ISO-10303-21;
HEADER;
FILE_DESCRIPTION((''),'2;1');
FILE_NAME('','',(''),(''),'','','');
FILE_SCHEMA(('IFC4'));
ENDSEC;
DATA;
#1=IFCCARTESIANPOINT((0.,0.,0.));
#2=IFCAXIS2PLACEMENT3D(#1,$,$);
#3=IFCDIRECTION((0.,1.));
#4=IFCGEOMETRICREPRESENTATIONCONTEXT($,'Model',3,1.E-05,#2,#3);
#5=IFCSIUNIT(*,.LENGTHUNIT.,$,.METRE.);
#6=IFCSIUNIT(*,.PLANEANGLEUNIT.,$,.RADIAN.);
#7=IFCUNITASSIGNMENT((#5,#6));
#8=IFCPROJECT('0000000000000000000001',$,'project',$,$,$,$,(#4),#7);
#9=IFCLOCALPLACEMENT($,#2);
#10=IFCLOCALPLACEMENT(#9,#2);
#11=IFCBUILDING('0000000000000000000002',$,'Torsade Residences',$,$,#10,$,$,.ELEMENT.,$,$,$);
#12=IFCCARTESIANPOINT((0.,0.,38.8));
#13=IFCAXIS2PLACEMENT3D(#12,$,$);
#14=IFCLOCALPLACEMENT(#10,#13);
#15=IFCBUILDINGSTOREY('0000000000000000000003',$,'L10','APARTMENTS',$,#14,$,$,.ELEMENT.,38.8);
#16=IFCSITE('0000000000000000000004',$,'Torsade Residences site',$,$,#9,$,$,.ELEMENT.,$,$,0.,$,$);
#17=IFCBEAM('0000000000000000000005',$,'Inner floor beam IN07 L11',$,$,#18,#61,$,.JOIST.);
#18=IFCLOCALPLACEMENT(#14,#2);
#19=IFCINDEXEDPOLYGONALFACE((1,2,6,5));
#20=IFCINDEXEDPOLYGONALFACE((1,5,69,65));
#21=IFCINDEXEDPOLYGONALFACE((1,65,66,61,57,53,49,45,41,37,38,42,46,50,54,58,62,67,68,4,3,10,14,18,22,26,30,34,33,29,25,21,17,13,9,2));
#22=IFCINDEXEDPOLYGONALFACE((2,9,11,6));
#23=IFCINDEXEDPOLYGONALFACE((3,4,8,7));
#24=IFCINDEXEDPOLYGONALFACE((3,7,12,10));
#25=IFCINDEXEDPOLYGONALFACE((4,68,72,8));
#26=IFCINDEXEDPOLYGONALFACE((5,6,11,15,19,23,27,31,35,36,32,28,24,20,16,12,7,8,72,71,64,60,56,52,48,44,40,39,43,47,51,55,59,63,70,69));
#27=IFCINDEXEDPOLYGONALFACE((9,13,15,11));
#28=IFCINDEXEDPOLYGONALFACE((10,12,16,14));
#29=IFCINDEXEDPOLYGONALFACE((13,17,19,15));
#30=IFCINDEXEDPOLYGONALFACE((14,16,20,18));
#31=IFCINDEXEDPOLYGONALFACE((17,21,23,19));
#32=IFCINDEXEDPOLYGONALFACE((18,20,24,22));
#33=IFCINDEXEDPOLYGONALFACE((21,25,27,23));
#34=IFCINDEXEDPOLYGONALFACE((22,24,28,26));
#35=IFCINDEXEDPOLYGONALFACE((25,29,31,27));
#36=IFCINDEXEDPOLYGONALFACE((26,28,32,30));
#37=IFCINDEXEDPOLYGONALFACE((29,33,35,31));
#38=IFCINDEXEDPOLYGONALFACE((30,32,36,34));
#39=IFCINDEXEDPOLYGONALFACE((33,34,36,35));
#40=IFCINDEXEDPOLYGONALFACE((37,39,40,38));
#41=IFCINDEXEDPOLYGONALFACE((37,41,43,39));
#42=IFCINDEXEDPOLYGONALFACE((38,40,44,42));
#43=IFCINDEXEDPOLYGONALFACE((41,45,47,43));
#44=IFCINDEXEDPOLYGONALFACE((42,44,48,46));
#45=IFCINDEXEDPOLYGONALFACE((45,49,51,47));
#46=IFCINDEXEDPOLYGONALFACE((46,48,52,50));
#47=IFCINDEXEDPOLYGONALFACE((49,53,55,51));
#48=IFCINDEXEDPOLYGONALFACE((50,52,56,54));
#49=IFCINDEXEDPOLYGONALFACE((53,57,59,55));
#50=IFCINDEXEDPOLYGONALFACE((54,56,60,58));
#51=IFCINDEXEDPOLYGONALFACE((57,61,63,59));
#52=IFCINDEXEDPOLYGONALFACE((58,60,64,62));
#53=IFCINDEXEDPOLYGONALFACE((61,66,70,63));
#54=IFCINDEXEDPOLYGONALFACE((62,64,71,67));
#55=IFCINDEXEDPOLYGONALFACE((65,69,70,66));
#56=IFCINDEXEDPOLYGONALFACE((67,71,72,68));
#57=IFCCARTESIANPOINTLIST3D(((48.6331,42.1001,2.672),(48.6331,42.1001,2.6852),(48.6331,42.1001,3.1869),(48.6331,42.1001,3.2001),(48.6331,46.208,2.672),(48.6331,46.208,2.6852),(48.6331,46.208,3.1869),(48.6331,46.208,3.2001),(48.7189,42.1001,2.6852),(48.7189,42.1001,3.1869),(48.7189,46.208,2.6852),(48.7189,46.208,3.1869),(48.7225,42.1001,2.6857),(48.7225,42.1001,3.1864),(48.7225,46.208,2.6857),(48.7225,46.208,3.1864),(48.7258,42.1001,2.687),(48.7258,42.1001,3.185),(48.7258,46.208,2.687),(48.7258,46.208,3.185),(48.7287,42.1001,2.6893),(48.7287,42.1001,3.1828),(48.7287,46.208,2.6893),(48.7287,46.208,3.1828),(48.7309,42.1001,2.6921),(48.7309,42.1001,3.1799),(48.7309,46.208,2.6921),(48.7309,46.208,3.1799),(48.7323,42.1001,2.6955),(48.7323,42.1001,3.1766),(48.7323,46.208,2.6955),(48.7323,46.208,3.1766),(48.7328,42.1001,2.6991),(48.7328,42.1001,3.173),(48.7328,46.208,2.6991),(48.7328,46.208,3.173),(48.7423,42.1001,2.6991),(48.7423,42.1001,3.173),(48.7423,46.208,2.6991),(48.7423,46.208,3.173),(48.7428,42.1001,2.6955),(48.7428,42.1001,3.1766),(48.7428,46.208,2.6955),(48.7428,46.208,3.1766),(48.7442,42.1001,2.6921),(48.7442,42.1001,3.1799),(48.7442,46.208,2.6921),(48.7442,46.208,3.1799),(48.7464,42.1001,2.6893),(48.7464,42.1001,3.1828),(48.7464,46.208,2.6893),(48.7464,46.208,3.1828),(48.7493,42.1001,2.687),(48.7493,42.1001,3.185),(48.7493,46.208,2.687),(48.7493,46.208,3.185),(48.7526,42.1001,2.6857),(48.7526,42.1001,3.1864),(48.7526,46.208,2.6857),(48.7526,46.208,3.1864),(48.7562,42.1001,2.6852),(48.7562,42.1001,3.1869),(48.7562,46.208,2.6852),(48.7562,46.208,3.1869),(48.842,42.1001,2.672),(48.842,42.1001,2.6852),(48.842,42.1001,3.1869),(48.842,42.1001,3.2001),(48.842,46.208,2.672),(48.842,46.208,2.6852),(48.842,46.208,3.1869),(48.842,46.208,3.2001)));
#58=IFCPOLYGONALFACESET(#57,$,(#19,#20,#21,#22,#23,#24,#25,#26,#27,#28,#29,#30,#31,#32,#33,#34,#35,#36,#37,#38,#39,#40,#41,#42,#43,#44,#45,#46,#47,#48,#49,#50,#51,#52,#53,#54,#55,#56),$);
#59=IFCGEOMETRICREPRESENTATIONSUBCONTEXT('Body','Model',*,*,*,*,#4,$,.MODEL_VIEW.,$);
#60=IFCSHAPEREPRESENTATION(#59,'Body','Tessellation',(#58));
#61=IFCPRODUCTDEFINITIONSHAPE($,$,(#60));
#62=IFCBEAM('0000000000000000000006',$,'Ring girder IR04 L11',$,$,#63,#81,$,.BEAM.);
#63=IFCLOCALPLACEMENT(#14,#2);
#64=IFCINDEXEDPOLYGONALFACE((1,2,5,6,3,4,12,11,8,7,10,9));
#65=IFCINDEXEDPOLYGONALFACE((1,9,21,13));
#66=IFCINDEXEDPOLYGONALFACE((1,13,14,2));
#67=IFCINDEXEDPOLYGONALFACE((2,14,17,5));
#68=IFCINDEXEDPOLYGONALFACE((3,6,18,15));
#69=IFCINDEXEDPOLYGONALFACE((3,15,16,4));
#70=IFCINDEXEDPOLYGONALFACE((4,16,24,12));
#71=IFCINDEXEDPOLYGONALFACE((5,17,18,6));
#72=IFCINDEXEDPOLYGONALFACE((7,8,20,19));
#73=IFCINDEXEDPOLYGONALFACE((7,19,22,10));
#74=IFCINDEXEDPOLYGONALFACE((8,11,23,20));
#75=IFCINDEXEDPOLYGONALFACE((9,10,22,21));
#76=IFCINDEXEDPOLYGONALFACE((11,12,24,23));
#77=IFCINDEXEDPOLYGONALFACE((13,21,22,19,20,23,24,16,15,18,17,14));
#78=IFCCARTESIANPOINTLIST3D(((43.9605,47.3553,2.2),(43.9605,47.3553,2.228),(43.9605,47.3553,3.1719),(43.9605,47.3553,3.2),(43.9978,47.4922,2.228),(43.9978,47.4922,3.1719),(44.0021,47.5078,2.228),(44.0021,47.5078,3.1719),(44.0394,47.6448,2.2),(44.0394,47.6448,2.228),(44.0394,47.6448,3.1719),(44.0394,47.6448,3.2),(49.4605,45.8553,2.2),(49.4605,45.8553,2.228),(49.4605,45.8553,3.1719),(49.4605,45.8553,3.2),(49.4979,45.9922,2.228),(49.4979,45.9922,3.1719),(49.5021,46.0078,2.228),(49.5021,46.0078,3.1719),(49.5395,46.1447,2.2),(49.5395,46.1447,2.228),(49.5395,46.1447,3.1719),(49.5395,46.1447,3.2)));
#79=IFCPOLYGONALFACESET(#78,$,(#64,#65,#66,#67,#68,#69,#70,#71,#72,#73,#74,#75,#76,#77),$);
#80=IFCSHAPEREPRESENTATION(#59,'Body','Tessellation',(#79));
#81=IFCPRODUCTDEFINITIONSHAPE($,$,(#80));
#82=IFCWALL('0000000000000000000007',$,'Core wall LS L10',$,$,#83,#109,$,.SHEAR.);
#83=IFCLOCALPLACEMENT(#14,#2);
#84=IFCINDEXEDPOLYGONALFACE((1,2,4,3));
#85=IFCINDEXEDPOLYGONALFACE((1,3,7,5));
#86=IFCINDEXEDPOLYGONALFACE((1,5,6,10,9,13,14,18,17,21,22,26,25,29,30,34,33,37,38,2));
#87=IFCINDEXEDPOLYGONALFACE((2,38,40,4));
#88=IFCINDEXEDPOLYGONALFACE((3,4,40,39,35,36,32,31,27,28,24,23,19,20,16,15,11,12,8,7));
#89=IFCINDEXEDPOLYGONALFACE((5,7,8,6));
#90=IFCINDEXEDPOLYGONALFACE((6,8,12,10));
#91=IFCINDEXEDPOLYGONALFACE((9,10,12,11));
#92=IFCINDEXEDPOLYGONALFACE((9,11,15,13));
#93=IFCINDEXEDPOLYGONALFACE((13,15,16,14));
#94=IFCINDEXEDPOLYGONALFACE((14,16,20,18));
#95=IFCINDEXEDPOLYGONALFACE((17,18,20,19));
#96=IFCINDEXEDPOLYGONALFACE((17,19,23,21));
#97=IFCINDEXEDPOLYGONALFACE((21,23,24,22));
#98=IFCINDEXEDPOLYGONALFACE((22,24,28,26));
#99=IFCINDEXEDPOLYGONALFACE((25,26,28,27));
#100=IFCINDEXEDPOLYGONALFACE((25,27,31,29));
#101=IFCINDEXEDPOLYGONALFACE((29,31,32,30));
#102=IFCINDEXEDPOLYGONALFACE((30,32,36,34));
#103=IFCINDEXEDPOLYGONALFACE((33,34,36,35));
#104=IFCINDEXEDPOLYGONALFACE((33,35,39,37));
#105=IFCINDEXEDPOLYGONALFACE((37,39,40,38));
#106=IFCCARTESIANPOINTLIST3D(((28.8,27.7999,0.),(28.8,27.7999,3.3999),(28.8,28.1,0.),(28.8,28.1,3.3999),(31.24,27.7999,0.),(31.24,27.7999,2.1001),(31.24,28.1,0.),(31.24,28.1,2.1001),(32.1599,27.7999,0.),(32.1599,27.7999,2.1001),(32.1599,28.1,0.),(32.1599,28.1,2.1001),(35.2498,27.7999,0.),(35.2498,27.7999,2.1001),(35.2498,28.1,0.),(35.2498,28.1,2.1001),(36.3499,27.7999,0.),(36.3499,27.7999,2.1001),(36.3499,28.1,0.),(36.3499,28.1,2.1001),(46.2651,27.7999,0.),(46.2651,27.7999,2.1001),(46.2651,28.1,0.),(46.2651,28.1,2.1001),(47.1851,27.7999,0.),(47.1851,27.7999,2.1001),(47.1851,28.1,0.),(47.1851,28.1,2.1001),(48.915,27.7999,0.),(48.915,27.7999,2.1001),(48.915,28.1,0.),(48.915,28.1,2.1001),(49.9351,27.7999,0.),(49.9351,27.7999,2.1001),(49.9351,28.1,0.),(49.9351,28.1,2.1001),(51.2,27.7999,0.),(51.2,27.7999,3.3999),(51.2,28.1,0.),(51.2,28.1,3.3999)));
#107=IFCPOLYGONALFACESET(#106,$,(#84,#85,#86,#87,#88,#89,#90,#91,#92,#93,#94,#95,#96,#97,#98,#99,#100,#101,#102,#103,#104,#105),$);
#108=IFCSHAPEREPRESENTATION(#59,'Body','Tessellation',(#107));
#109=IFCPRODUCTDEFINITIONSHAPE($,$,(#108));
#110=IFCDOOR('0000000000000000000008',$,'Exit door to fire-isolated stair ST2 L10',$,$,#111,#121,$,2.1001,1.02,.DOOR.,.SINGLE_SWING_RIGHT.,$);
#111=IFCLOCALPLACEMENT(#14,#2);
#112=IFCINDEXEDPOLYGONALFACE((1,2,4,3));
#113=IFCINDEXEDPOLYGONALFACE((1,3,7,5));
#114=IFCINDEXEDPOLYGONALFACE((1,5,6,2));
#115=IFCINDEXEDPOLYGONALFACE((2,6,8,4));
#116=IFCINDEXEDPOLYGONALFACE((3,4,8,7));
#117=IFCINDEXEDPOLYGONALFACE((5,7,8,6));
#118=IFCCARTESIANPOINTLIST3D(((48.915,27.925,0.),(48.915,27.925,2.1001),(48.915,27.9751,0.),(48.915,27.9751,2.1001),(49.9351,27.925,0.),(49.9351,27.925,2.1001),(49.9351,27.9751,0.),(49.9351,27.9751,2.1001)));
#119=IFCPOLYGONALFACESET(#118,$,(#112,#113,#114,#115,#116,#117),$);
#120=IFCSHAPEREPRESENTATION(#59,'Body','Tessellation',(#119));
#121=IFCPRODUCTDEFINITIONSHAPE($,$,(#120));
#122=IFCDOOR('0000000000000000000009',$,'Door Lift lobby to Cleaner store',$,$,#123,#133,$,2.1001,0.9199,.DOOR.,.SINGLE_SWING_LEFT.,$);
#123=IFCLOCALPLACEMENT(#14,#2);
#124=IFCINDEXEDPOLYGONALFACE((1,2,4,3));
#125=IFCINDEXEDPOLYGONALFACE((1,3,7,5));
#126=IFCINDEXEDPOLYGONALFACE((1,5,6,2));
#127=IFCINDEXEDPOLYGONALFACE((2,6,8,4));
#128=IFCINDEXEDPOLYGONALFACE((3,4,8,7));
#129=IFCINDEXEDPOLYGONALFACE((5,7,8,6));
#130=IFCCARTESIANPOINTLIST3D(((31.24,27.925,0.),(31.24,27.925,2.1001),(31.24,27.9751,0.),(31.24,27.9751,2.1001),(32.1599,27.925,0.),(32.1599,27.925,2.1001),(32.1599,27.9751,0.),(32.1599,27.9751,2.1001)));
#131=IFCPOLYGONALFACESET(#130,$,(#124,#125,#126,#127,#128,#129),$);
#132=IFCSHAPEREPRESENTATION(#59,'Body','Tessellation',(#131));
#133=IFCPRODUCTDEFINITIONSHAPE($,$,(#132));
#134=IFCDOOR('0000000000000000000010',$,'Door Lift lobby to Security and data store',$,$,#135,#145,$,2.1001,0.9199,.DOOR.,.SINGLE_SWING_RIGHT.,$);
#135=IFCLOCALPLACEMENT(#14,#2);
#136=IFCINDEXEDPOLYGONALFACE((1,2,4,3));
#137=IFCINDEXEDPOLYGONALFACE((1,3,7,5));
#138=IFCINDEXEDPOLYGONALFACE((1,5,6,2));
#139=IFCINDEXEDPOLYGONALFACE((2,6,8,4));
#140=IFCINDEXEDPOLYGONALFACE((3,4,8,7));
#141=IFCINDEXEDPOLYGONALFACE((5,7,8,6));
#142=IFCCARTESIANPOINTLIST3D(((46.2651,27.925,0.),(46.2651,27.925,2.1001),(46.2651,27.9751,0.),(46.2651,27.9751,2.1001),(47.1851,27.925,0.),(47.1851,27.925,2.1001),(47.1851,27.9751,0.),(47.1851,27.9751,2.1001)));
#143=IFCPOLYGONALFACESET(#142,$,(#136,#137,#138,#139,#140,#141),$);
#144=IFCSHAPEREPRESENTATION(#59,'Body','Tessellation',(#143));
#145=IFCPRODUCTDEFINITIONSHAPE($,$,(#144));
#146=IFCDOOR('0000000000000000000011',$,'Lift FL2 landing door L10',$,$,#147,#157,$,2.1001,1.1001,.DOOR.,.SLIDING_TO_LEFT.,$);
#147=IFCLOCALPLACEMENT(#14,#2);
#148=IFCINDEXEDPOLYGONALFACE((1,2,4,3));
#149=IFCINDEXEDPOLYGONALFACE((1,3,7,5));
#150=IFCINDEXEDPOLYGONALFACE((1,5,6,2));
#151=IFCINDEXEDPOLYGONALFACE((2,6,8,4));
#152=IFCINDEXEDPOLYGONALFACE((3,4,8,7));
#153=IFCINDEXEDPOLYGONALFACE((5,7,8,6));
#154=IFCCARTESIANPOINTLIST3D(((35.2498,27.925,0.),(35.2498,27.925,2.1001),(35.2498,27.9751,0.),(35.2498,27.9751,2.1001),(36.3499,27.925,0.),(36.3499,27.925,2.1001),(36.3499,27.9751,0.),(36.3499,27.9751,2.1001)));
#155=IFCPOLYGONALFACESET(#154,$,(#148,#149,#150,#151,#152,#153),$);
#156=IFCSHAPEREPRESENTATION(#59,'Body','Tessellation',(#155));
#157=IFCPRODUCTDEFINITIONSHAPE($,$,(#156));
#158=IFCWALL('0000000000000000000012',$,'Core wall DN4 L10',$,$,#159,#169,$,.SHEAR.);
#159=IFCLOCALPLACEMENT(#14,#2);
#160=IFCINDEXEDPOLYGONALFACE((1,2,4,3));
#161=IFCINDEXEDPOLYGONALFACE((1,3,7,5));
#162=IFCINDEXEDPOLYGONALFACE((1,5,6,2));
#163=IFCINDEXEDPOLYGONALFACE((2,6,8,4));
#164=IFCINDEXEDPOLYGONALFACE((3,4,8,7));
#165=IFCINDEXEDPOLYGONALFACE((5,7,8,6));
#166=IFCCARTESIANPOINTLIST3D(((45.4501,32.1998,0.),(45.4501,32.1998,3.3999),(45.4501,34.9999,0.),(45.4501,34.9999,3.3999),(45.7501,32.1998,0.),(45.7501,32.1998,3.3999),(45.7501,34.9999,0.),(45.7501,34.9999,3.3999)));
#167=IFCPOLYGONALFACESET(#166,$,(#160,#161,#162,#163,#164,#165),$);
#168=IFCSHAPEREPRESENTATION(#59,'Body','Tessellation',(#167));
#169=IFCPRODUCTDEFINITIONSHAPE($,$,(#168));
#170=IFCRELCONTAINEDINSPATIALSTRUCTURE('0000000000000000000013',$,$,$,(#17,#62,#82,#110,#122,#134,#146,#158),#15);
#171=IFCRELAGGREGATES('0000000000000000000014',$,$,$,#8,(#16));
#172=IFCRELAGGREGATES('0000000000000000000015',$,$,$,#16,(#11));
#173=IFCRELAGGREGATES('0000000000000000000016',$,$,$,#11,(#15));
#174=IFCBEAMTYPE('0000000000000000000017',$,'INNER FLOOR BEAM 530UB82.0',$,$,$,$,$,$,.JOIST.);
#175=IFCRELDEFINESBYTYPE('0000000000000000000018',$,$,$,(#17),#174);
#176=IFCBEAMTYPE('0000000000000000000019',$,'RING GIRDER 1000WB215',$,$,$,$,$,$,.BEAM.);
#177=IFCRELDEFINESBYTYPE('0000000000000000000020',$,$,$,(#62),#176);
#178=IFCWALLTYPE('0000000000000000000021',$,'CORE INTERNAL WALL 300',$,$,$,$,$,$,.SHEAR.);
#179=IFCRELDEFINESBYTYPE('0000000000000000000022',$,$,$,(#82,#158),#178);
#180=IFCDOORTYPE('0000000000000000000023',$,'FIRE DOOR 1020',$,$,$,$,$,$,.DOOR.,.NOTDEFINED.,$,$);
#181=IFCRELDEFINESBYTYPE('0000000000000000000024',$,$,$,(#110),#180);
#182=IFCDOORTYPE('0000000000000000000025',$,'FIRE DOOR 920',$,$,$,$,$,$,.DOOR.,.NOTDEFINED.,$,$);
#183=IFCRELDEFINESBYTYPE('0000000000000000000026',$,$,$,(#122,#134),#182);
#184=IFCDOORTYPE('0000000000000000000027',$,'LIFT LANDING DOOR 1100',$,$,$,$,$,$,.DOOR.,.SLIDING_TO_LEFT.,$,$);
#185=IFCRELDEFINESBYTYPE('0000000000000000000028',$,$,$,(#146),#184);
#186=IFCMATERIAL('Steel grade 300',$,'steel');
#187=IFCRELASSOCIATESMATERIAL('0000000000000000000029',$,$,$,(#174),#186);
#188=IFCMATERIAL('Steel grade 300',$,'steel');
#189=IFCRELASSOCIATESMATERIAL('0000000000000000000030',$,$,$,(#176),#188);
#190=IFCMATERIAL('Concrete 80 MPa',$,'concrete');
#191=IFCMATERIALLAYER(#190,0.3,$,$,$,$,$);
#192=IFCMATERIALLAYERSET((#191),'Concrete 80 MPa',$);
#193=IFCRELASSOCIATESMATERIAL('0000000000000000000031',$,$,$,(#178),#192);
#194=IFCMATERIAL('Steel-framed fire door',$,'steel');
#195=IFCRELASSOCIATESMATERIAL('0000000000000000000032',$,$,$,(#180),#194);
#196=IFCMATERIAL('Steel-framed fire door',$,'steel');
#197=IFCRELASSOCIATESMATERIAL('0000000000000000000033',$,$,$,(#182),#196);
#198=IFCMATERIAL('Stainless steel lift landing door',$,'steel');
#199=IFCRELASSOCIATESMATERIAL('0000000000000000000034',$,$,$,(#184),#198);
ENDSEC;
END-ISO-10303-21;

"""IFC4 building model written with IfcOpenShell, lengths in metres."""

from ifc_helpers import new_model, si_unit, direction, frame, frame_2d, origin, origin_2d, place, context, subcontext, project, spatial, rectangle, i_section, extrude, material, layer, layer_set, material_profile, profile_set, type_object, element, fill, save


model = new_model("IFC4")

# Units and contexts
model_context = context("Model", 3, precision=1e-05, world=origin(), true_north=direction((0.0, 1.0)))
body_context = subcontext(model_context, "Body", "Model", "MODEL_VIEW")
ifc_project = project(units=[si_unit("LENGTHUNIT", "METRE"), si_unit("PLANEANGLEUNIT", "RADIAN")], contexts=[model_context])

# Site, building, storey
site_placement = place(None, origin())
site = spatial("IfcSite", under=ifc_project, at=site_placement, Name="Torsade Residences site", CompositionType="ELEMENT", RefElevation=0.0)
building_placement = place(site_placement, origin())
building = spatial("IfcBuilding", under=site, at=building_placement, Name="Torsade Residences", CompositionType="ELEMENT")
storey_placement = place(building_placement, frame((0.0, 0.0, 38.8)))
storey = spatial("IfcBuildingStorey", under=building, at=storey_placement, Name="L10", Description="APARTMENTS", CompositionType="ELEMENT", Elevation=38.8)

# Beams
ifc_material_1 = material(Name="Steel grade 300", Category="steel")
ifc_material_profile_1 = material_profile(ifc_material_1, i_section(OverallWidth=0.209, OverallDepth=0.5281, WebThickness=0.0095, FlangeThickness=0.0132, FilletRadius=0.0139, at=origin_2d()), Name="530UB82.0")
ifc_profile_set_1 = profile_set([ifc_material_profile_1], Name="Steel grade 300")
beam_type_1 = type_object("IfcBeamType", Name="INNER FLOOR BEAM 530UB82.0", PredefinedType="JOIST", material=ifc_profile_set_1)
beam_1_placement = place(storey_placement, frame((48.7375, 42.1001, 2.936), z_axis=(0.0, 1.0, 0.0), x_axis=(-1.0, 0.0, 0.0)))
element("IfcBeam", 1, at=beam_1_placement, inside=storey, type_object=beam_type_1, Name="Inner floor beam IN07 L11", PredefinedType="JOIST", context=body_context, shape_type="SweptSolid", body=[
    extrude(i_section(OverallWidth=0.209, OverallDepth=0.5281, WebThickness=0.0095, FlangeThickness=0.0132, FilletRadius=0.0139, at=origin_2d()), origin(), (0.0, 0.0, 1.0), 4.1079),
])
ifc_material_2 = material(Name="Steel grade 300", Category="steel")
ifc_material_profile_2 = material_profile(ifc_material_2, i_section(OverallWidth=0.3, OverallDepth=1.0, WebThickness=0.0161, FlangeThickness=0.0281, at=origin_2d()), Name="1000WB215")
ifc_profile_set_2 = profile_set([ifc_material_profile_2], Name="Steel grade 300")
beam_type_2 = type_object("IfcBeamType", Name="RING GIRDER 1000WB215", PredefinedType="BEAM", material=ifc_profile_set_2)
beam_2_placement = place(storey_placement, frame((49.5, 46.0, 2.7), z_axis=(-0.964764, 0.263117, 0.0), x_axis=(-0.263117, -0.964764, 0.0)))
element("IfcBeam", 2, at=beam_2_placement, inside=storey, type_object=beam_type_2, Name="Ring girder IR04 L11", PredefinedType="BEAM", context=body_context, shape_type="SweptSolid", body=[
    extrude(i_section(OverallWidth=0.3, OverallDepth=1.0, WebThickness=0.0161, FlangeThickness=0.0281, at=origin_2d()), origin(), (0.0, 0.0, 1.0), 5.7009),
])

# Wall, openings, doors
ifc_material_3 = material(Name="Concrete 80 MPa", Category="concrete")
ifc_layer_1 = layer(ifc_material_3, 0.3)
ifc_layer_set_1 = layer_set([ifc_layer_1], Name="Concrete 80 MPa")
wall_type_1 = type_object("IfcWallType", Name="CORE INTERNAL WALL 300", PredefinedType="SHEAR", material=ifc_layer_set_1)
wall_1_placement = place(storey_placement, frame((51.2, 27.95, 0.0), z_axis=(0.0, 0.0, 1.0), x_axis=(-1.0, 0.0, 0.0)))
wall_1 = element("IfcWall", 3, at=wall_1_placement, inside=storey, type_object=wall_type_1, Name="Core wall LS L10", PredefinedType="SHEAR", context=body_context, shape_type="SweptSolid", body=[
    extrude(rectangle(XDim=22.3999, YDim=0.3, at=frame_2d((11.2, 0.0))), origin(), (0.0, 0.0, 1.0), 3.3999),
])
opening_1_placement = place(wall_1_placement, frame((19.04, 0.0, 0.0)))
opening_1 = element("IfcOpeningElement", 4, at=opening_1_placement, cuts=wall_1, PredefinedType="OPENING", context=body_context, shape_type="SweptSolid", body=[
    extrude(rectangle(XDim=0.9199, YDim=2.1001, at=frame_2d((0.46, 1.05))), frame((0.0, 0.1599, 0.0), z_axis=(0.0, -1.0, 0.0), x_axis=(1.0, 0.0, 0.0)), (0.0, 0.0, 1.0), 0.3201),
])
opening_2_placement = place(wall_1_placement, frame((1.2649, 0.0, 0.0)))
opening_2 = element("IfcOpeningElement", 5, at=opening_2_placement, cuts=wall_1, PredefinedType="OPENING", context=body_context, shape_type="SweptSolid", body=[
    extrude(rectangle(XDim=1.02, YDim=2.1001, at=frame_2d((0.51, 1.05))), frame((0.0, 0.1599, 0.0), z_axis=(0.0, -1.0, 0.0), x_axis=(1.0, 0.0, 0.0)), (0.0, 0.0, 1.0), 0.3201),
])
opening_3_placement = place(wall_1_placement, frame((4.0149, 0.0, 0.0)))
opening_3 = element("IfcOpeningElement", 6, at=opening_3_placement, cuts=wall_1, PredefinedType="OPENING", context=body_context, shape_type="SweptSolid", body=[
    extrude(rectangle(XDim=0.9199, YDim=2.1001, at=frame_2d((0.46, 1.05))), frame((0.0, 0.1599, 0.0), z_axis=(0.0, -1.0, 0.0), x_axis=(1.0, 0.0, 0.0)), (0.0, 0.0, 1.0), 0.3201),
])
opening_4_placement = place(wall_1_placement, frame((14.8501, 0.0, 0.0)))
opening_4 = element("IfcOpeningElement", 7, at=opening_4_placement, cuts=wall_1, PredefinedType="OPENING", context=body_context, shape_type="SweptSolid", body=[
    extrude(rectangle(XDim=1.1001, YDim=2.1001, at=frame_2d((0.55, 1.05))), frame((0.0, 0.1599, 0.0), z_axis=(0.0, -1.0, 0.0), x_axis=(1.0, 0.0, 0.0)), (0.0, 0.0, 1.0), 0.3201),
])
ifc_material_4 = material(Name="Steel-framed fire door", Category="steel")
door_type_1 = type_object("IfcDoorType", Name="FIRE DOOR 1020", OperationType="NOTDEFINED", PredefinedType="DOOR", material=ifc_material_4)
door_1_placement = place(opening_2_placement, origin())
door_1 = element("IfcDoor", 8, at=door_1_placement, inside=storey, type_object=door_type_1, Name="Exit door to fire-isolated stair ST2 L10", OperationType="SINGLE_SWING_RIGHT", OverallHeight=2.1001, OverallWidth=1.02, PredefinedType="DOOR", context=body_context, shape_type="SweptSolid", body=[
    extrude(rectangle(XDim=1.02, YDim=2.1001, at=frame_2d((0.51, 1.05))), frame((0.0, 0.0249, 0.0), z_axis=(0.0, -1.0, 0.0), x_axis=(1.0, 0.0, 0.0)), (0.0, 0.0, 1.0), 0.05),
])
fill(opening_2, door_1)
ifc_material_5 = material(Name="Steel-framed fire door", Category="steel")
door_type_2 = type_object("IfcDoorType", Name="FIRE DOOR 920", OperationType="NOTDEFINED", PredefinedType="DOOR", material=ifc_material_5)
door_2_placement = place(opening_1_placement, origin())
door_2 = element("IfcDoor", 9, at=door_2_placement, inside=storey, type_object=door_type_2, Name="Door Lift lobby to Cleaner store", OperationType="SINGLE_SWING_LEFT", OverallHeight=2.1001, OverallWidth=0.9199, PredefinedType="DOOR", context=body_context, shape_type="SweptSolid", body=[
    extrude(rectangle(XDim=0.9199, YDim=2.1001, at=frame_2d((0.46, 1.05))), frame((0.0, 0.0249, 0.0), z_axis=(0.0, -1.0, 0.0), x_axis=(1.0, 0.0, 0.0)), (0.0, 0.0, 1.0), 0.05),
])
fill(opening_1, door_2)
door_3_placement = place(opening_3_placement, origin())
door_3 = element("IfcDoor", 10, at=door_3_placement, inside=storey, type_object=door_type_2, Name="Door Lift lobby to Security and data store", OperationType="SINGLE_SWING_RIGHT", OverallHeight=2.1001, OverallWidth=0.9199, PredefinedType="DOOR", context=body_context, shape_type="SweptSolid", body=[
    extrude(rectangle(XDim=0.9199, YDim=2.1001, at=frame_2d((0.46, 1.05))), frame((0.0, 0.0249, 0.0), z_axis=(0.0, -1.0, 0.0), x_axis=(1.0, 0.0, 0.0)), (0.0, 0.0, 1.0), 0.05),
])
fill(opening_3, door_3)
ifc_material_6 = material(Name="Stainless steel lift landing door", Category="steel")
door_type_3 = type_object("IfcDoorType", Name="LIFT LANDING DOOR 1100", OperationType="SLIDING_TO_LEFT", PredefinedType="DOOR", material=ifc_material_6)
door_4_placement = place(opening_4_placement, origin())
door_4 = element("IfcDoor", 11, at=door_4_placement, inside=storey, type_object=door_type_3, Name="Lift FL2 landing door L10", OperationType="SLIDING_TO_LEFT", OverallHeight=2.1001, OverallWidth=1.1001, PredefinedType="DOOR", context=body_context, shape_type="SweptSolid", body=[
    extrude(rectangle(XDim=1.1001, YDim=2.1001, at=frame_2d((0.55, 1.05))), frame((0.0, 0.0249, 0.0), z_axis=(0.0, -1.0, 0.0), x_axis=(1.0, 0.0, 0.0)), (0.0, 0.0, 1.0), 0.05),
])
fill(opening_4, door_4)

# Wall
wall_2_placement = place(storey_placement, frame((45.6001, 32.2, 0.0), z_axis=(0.0, 0.0, 1.0), x_axis=(0.0, 1.0, 0.0)))
element("IfcWall", 12, at=wall_2_placement, inside=storey, type_object=wall_type_1, Name="Core wall DN4 L10", PredefinedType="SHEAR", context=body_context, shape_type="SweptSolid", body=[
    extrude(rectangle(XDim=2.8, YDim=0.3, at=frame_2d((1.3999, 0.0))), origin(), (0.0, 0.0, 1.0), 3.3999),
])

save(model, "model.ifc")
